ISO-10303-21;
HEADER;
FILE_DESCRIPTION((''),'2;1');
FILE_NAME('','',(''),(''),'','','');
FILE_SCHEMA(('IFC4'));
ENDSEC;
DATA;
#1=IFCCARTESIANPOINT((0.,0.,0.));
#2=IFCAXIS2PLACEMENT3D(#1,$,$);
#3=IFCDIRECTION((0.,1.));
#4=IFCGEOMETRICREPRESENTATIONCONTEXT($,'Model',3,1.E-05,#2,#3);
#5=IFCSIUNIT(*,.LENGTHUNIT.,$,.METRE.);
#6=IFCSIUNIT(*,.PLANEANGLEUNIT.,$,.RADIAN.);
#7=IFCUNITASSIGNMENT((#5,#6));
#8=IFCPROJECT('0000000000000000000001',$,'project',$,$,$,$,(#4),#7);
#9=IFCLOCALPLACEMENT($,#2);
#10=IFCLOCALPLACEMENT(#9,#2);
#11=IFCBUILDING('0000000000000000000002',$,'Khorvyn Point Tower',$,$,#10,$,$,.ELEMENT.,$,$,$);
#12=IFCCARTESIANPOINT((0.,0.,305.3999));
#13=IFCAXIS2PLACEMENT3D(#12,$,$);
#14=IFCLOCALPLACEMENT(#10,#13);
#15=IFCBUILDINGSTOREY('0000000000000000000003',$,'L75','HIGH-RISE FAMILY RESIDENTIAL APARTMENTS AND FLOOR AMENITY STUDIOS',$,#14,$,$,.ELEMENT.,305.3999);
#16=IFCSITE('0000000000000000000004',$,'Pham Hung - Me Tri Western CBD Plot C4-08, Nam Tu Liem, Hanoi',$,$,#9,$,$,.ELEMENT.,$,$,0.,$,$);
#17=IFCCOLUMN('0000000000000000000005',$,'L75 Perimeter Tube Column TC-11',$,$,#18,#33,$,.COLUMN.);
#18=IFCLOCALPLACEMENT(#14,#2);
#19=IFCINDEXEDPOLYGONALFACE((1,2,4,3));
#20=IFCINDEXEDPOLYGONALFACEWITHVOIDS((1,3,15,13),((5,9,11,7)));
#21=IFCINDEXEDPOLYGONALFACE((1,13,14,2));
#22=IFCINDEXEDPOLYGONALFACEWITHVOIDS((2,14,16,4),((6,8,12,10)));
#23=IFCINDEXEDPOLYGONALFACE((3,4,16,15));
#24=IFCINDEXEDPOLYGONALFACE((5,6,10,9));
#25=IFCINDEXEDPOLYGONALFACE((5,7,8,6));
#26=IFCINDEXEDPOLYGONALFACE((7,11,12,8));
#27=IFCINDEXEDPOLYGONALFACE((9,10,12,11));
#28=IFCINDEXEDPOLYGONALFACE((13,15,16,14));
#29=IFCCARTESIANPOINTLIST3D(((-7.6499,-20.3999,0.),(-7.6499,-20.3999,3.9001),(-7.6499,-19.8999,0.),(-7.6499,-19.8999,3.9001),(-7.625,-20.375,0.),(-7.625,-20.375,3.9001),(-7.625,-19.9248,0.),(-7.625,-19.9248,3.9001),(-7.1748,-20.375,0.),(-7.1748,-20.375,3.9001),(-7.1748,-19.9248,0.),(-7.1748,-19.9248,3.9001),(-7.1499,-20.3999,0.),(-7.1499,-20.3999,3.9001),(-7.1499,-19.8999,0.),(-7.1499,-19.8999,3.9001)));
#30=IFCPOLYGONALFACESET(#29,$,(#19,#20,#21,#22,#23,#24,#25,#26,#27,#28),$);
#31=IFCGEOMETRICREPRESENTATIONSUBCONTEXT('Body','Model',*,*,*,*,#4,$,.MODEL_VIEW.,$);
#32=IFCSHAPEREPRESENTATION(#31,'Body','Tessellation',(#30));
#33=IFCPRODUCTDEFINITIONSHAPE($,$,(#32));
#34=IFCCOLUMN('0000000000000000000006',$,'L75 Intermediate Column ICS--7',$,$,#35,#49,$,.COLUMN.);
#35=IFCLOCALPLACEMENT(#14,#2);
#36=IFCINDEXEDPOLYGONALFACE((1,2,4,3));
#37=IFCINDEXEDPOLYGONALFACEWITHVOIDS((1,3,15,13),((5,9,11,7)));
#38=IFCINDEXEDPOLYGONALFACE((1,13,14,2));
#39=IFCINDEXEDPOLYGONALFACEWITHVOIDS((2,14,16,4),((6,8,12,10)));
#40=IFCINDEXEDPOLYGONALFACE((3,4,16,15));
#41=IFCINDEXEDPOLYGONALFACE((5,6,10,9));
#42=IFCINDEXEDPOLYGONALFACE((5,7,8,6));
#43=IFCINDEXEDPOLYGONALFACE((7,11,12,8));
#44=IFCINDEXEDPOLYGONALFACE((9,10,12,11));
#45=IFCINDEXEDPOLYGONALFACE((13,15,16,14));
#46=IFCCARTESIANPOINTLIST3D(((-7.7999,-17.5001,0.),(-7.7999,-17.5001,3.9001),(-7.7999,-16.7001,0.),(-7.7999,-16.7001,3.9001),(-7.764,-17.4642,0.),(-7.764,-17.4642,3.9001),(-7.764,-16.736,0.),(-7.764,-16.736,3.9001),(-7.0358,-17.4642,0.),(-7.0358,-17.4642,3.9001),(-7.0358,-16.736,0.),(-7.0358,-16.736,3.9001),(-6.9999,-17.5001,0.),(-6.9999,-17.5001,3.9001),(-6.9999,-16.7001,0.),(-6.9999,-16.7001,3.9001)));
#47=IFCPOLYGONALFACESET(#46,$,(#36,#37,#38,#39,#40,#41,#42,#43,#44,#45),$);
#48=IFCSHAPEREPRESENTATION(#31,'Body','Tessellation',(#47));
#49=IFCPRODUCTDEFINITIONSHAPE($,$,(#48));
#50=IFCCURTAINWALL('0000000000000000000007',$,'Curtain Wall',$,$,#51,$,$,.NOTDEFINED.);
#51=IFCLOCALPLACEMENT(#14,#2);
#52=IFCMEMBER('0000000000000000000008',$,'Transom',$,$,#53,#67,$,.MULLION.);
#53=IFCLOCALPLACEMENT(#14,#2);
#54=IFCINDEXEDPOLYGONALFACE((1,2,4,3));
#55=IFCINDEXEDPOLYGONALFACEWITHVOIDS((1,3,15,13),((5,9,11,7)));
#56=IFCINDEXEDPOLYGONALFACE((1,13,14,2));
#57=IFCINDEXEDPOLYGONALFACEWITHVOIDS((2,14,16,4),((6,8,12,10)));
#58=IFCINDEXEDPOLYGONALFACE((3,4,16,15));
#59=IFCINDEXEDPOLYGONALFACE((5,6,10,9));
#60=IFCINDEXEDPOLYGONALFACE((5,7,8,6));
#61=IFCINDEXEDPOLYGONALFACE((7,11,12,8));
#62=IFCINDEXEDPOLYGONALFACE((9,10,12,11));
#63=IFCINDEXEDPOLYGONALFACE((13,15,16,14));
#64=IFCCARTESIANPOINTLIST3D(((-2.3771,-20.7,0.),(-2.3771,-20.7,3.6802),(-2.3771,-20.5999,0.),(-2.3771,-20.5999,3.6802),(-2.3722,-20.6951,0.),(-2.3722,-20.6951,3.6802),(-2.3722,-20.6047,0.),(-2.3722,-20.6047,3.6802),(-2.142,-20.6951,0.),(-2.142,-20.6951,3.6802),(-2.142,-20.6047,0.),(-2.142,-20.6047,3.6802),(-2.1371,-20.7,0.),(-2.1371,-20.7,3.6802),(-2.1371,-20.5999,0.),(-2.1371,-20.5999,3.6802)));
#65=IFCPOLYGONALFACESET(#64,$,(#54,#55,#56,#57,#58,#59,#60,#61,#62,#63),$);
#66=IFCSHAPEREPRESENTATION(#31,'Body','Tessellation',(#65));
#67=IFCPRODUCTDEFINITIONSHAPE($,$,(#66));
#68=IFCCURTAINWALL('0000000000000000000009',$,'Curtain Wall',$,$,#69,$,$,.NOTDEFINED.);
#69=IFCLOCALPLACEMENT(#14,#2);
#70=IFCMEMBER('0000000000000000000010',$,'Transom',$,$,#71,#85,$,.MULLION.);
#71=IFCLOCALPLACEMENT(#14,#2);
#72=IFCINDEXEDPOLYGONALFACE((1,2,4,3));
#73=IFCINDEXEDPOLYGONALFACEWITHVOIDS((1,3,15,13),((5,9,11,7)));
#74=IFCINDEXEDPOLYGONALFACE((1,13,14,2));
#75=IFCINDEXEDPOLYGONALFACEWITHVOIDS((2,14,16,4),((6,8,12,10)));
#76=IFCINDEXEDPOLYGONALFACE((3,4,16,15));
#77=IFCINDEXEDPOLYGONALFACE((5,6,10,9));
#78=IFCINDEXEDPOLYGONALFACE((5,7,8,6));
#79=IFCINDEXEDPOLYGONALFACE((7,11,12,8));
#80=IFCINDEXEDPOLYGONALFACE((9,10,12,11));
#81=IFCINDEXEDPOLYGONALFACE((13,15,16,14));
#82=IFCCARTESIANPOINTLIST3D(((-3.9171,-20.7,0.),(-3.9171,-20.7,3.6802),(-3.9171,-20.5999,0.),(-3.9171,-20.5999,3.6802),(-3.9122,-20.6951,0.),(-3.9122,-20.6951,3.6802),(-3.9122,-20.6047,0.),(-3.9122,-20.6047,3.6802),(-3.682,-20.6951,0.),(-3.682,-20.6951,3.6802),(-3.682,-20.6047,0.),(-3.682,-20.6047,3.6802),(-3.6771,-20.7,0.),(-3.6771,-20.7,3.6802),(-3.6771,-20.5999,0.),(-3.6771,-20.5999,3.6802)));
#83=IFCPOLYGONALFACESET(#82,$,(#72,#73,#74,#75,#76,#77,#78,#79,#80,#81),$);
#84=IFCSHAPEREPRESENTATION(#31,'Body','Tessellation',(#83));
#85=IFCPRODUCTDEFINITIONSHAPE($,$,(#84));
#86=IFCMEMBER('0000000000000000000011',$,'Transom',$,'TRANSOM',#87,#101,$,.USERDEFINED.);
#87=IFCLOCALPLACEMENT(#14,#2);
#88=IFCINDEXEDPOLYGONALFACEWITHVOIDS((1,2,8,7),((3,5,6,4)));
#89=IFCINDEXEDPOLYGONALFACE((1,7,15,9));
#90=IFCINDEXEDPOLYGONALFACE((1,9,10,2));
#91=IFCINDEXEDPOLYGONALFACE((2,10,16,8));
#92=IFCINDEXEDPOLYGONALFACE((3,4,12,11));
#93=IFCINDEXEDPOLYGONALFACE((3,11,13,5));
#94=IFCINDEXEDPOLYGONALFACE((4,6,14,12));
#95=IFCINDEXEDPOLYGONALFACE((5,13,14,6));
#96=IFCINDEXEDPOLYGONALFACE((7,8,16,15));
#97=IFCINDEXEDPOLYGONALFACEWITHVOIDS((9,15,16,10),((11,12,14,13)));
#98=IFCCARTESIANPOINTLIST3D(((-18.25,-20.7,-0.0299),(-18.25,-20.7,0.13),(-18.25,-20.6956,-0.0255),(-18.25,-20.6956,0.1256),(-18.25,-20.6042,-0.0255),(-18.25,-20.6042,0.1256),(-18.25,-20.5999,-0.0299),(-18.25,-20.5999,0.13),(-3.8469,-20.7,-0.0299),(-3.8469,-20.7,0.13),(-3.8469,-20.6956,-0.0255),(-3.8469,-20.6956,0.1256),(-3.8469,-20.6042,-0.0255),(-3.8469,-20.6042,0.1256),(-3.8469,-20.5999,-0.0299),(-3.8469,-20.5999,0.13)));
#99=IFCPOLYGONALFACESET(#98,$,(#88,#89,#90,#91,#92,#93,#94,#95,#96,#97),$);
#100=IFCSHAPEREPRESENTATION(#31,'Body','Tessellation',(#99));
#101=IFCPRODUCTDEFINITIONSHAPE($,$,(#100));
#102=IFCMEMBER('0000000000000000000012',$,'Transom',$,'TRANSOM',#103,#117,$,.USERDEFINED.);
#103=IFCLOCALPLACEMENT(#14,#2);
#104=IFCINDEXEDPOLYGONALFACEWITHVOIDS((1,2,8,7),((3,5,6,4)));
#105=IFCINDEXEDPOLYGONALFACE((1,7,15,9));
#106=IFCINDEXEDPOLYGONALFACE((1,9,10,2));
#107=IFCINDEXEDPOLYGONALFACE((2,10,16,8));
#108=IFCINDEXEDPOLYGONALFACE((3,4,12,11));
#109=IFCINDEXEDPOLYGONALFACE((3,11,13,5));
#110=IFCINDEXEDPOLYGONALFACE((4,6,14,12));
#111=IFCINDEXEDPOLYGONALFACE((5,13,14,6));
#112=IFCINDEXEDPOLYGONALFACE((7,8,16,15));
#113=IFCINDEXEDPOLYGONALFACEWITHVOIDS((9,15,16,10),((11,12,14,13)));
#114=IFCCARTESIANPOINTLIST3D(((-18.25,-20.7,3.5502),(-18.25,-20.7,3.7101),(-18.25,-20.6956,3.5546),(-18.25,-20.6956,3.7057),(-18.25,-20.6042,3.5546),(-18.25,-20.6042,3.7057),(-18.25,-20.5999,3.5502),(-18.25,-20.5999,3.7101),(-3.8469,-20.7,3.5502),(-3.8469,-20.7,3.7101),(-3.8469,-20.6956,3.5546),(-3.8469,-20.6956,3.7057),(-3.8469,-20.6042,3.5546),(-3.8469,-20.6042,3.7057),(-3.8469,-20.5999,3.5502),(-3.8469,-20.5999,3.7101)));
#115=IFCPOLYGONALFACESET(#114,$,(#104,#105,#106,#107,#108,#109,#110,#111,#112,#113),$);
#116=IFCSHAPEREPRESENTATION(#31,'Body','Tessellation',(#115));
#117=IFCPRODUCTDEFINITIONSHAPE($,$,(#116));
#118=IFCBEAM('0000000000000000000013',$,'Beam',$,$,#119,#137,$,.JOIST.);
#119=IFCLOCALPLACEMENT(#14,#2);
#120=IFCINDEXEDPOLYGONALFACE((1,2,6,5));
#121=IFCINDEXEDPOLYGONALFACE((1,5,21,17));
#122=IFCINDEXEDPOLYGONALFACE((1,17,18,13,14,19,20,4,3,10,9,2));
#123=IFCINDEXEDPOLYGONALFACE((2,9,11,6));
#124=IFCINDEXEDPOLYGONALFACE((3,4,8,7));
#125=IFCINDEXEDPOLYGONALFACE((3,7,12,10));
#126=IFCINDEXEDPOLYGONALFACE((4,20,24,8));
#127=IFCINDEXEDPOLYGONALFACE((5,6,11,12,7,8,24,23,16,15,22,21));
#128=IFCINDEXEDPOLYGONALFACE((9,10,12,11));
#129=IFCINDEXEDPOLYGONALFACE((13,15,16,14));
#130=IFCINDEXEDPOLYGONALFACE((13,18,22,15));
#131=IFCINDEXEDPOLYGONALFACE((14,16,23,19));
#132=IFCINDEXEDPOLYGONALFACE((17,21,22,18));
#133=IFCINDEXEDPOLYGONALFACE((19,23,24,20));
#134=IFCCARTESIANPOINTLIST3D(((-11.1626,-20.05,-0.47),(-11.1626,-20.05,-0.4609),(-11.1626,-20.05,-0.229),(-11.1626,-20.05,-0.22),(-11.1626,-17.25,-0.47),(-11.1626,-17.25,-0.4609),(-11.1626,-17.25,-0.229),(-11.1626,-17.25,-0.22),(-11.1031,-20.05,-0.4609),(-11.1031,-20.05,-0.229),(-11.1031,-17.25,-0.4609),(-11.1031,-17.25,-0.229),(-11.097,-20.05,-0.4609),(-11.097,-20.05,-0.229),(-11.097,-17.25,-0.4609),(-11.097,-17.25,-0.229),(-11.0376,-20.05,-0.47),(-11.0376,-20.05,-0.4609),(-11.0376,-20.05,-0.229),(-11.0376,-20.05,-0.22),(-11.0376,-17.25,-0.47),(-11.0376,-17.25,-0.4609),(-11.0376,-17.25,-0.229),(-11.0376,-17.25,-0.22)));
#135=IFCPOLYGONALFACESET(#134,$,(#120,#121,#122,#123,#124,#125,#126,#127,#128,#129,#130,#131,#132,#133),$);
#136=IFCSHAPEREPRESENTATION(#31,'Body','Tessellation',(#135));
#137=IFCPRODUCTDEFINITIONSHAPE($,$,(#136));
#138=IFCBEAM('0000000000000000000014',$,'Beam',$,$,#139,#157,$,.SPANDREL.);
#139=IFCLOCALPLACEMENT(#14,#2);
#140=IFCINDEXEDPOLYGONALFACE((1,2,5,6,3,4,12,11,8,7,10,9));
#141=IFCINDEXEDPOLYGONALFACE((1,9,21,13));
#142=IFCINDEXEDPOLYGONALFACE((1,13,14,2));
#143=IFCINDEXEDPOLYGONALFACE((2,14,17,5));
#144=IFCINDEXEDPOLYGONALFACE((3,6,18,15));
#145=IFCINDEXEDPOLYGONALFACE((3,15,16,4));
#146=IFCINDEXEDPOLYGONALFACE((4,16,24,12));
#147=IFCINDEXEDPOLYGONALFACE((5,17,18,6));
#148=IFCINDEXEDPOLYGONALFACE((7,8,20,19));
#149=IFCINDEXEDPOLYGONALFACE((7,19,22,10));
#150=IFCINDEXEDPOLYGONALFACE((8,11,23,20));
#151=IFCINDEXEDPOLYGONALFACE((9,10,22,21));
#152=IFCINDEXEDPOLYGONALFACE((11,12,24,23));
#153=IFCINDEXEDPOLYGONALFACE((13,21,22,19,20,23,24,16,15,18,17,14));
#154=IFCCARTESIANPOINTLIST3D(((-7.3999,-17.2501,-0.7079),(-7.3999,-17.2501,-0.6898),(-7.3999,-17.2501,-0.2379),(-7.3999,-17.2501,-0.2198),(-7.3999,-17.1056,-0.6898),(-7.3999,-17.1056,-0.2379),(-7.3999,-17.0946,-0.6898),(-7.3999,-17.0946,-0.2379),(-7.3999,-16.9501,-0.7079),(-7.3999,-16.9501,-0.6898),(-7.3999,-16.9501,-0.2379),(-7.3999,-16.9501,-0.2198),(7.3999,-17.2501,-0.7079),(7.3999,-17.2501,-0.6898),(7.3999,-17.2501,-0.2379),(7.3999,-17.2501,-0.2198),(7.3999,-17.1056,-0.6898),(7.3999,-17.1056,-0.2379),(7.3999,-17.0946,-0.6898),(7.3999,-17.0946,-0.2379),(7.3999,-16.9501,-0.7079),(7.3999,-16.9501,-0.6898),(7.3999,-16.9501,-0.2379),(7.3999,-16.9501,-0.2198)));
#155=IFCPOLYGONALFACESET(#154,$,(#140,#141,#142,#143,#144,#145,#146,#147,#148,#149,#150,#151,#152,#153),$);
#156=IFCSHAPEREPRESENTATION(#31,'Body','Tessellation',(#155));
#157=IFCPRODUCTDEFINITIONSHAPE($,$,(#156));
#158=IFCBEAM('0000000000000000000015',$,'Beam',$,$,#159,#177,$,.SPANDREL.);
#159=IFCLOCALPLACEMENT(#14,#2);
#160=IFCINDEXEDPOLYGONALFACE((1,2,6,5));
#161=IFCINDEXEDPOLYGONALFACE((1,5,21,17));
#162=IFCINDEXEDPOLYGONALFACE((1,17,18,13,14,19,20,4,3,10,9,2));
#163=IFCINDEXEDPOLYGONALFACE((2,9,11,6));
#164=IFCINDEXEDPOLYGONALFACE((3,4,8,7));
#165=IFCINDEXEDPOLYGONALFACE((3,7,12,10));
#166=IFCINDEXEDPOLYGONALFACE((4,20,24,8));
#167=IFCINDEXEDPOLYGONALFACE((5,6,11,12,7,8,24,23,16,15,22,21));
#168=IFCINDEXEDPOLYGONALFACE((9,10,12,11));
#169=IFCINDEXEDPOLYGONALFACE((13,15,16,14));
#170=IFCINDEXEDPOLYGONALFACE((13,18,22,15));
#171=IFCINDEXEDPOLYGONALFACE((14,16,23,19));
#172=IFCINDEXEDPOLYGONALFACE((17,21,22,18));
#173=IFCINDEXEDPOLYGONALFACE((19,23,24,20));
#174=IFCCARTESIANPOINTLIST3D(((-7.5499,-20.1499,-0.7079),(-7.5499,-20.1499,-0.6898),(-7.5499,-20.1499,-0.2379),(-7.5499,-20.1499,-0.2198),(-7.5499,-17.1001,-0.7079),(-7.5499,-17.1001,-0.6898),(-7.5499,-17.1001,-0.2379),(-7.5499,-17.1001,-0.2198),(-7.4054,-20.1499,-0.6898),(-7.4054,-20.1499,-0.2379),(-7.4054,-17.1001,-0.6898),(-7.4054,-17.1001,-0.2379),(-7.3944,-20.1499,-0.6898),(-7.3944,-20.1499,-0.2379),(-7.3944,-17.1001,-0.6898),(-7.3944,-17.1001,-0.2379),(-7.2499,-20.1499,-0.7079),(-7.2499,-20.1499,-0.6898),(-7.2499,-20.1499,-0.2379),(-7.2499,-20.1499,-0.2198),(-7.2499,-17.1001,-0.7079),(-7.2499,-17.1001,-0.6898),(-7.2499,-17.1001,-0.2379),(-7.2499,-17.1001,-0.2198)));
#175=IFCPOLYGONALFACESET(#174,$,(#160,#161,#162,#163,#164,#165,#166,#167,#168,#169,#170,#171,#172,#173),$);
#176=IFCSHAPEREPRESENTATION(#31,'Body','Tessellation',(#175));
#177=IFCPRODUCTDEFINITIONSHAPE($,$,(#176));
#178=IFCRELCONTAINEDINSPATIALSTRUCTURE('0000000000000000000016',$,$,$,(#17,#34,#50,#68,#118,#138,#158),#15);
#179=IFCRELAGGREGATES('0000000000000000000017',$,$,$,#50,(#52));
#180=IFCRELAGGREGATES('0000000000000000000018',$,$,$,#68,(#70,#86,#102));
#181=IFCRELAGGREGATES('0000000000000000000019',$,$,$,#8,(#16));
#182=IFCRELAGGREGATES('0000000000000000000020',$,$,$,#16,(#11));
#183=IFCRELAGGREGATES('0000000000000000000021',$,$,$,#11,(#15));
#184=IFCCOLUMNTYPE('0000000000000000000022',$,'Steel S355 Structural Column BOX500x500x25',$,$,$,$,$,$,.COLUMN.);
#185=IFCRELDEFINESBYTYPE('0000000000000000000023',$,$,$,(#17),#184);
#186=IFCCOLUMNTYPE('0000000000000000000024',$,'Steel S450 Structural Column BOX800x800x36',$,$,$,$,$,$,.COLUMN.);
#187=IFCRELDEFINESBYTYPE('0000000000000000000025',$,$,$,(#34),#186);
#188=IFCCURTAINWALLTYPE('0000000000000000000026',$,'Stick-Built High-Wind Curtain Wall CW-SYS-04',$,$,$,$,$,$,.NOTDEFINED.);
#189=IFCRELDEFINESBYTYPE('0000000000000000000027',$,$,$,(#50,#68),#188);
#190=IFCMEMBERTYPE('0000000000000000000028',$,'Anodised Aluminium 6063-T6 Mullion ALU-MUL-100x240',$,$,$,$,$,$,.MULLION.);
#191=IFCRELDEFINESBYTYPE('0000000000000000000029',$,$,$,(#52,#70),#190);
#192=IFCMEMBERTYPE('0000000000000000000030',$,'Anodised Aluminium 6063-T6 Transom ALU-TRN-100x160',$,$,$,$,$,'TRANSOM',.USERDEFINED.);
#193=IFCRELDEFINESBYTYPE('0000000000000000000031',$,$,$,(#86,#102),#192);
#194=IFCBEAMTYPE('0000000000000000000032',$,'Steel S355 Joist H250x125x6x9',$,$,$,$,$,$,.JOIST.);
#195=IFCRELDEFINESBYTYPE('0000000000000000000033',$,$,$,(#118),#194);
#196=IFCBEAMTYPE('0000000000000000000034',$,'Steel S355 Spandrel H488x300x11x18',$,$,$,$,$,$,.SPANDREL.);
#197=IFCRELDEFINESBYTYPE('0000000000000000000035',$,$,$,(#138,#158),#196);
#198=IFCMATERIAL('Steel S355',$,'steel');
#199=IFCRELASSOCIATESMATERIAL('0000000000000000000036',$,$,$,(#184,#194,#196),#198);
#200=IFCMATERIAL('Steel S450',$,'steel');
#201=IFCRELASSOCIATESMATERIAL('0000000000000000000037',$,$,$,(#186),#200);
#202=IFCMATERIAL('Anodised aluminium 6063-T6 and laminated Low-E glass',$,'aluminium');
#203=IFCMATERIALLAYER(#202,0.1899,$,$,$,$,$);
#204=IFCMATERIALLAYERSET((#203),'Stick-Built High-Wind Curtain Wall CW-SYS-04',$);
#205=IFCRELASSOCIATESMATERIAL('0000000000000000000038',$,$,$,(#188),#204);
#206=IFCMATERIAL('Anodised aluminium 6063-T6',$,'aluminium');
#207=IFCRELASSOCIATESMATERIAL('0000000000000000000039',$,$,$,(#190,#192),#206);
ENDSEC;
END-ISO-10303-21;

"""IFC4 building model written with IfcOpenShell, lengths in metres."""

from ifc_helpers import new_model, si_unit, direction, frame, origin, origin_2d, place, context, subcontext, project, spatial, hollow_rectangle, i_section, extrude, material, layer, layer_set, material_profile, profile_set, type_object, element, aggregate, save


model = new_model("IFC4")

# Units and contexts
model_context = context("Model", 3, precision=1e-05, world=origin(), true_north=direction((0.0, 1.0)))
body_context = subcontext(model_context, "Body", "Model", "MODEL_VIEW")
ifc_project = project(units=[si_unit("LENGTHUNIT", "METRE"), si_unit("PLANEANGLEUNIT", "RADIAN")], contexts=[model_context])

# Site, building, storey
site_placement = place(None, origin())
site = spatial("IfcSite", under=ifc_project, at=site_placement, Name="Pham Hung - Me Tri Western CBD Plot C4-08, Nam Tu Liem, Hanoi", CompositionType="ELEMENT", RefElevation=0.0)
building_placement = place(site_placement, origin())
building = spatial("IfcBuilding", under=site, at=building_placement, Name="Khorvyn Point Tower", CompositionType="ELEMENT")
storey_placement = place(building_placement, frame((0.0, 0.0, 305.3999)))
storey = spatial("IfcBuildingStorey", under=building, at=storey_placement, Name="L75", Description="HIGH-RISE FAMILY RESIDENTIAL APARTMENTS AND FLOOR AMENITY STUDIOS", CompositionType="ELEMENT", Elevation=305.3999)

# Columns
ifc_material_1 = material(Name="Steel S355", Category="steel")
ifc_material_profile_1 = material_profile(ifc_material_1, hollow_rectangle(XDim=0.5, YDim=0.5, WallThickness=0.0249, at=origin_2d()))
ifc_profile_set_1 = profile_set([ifc_material_profile_1], Name="Steel S355 BOX500x500x25")
column_type_1 = type_object("IfcColumnType", Name="Steel S355 Structural Column BOX500x500x25", PredefinedType="COLUMN", material=ifc_profile_set_1)
column_1_placement = place(storey_placement, frame((-7.3999, -20.1499, 0.0), z_axis=(0.0, 0.0, 1.0), x_axis=(1.0, 0.0, 0.0)))
element("IfcColumn", 1, at=column_1_placement, inside=storey, type_object=column_type_1, Name="L75 Perimeter Tube Column TC-11", PredefinedType="COLUMN", context=body_context, shape_type="SweptSolid", body=[
    extrude(hollow_rectangle(XDim=0.5, YDim=0.5, WallThickness=0.0249, at=origin_2d()), origin(), (0.0, 0.0, 1.0), 3.9001),
])
ifc_material_2 = material(Name="Steel S450", Category="steel")
ifc_material_profile_2 = material_profile(ifc_material_2, hollow_rectangle(XDim=0.8, YDim=0.8, WallThickness=0.0359, at=origin_2d()))
ifc_profile_set_2 = profile_set([ifc_material_profile_2], Name="Steel S450 BOX800x800x36")
column_type_2 = type_object("IfcColumnType", Name="Steel S450 Structural Column BOX800x800x36", PredefinedType="COLUMN", material=ifc_profile_set_2)
column_2_placement = place(storey_placement, frame((-7.3999, -17.1001, 0.0), z_axis=(0.0, 0.0, 1.0), x_axis=(1.0, 0.0, 0.0)))
element("IfcColumn", 2, at=column_2_placement, inside=storey, type_object=column_type_2, Name="L75 Intermediate Column ICS--7", PredefinedType="COLUMN", context=body_context, shape_type="SweptSolid", body=[
    extrude(hollow_rectangle(XDim=0.8, YDim=0.8, WallThickness=0.0359, at=origin_2d()), origin(), (0.0, 0.0, 1.0), 3.9001),
])

# Curtain wall, member
ifc_material_3 = material(Name="Anodised aluminium 6063-T6 and laminated Low-E glass", Category="aluminium")
ifc_layer_1 = layer(ifc_material_3, 0.1899)
ifc_layer_set_1 = layer_set([ifc_layer_1], Name="Stick-Built High-Wind Curtain Wall CW-SYS-04")
curtain_wall_type = type_object("IfcCurtainWallType", Name="Stick-Built High-Wind Curtain Wall CW-SYS-04", PredefinedType="NOTDEFINED", material=ifc_layer_set_1)
curtain_wall_1_placement = place(storey_placement, origin())
curtain_wall_1 = element("IfcCurtainWall", 3, at=curtain_wall_1_placement, inside=storey, type_object=curtain_wall_type, Name="Curtain Wall", PredefinedType="NOTDEFINED")
ifc_material_4 = material(Name="Anodised aluminium 6063-T6", Category="aluminium")
ifc_material_profile_3 = material_profile(ifc_material_4, hollow_rectangle(XDim=0.1001, YDim=0.24, WallThickness=0.0049, at=origin_2d()))
ifc_profile_set_3 = profile_set([ifc_material_profile_3], Name="Anodised aluminium 6063-T6 ALU-MUL-100x240")
member_type_1 = type_object("IfcMemberType", Name="Anodised Aluminium 6063-T6 Mullion ALU-MUL-100x240", PredefinedType="MULLION", material=ifc_profile_set_3)
member_1_placement = place(storey_placement, frame((-2.2571, -20.6499, 0.0), z_axis=(0.0, 0.0, 1.0), x_axis=(0.0, -1.0, 0.0)))
member_1 = element("IfcMember", 4, at=member_1_placement, type_object=member_type_1, Name="Transom", PredefinedType="MULLION", context=body_context, shape_type="SweptSolid", body=[
    extrude(hollow_rectangle(XDim=0.1001, YDim=0.24, WallThickness=0.0049, at=origin_2d()), origin(), (0.0, 0.0, 1.0), 3.6802),
])

# Curtain wall, members
curtain_wall_2_placement = place(storey_placement, origin())
curtain_wall_2 = element("IfcCurtainWall", 5, at=curtain_wall_2_placement, inside=storey, type_object=curtain_wall_type, Name="Curtain Wall", PredefinedType="NOTDEFINED")
member_2_placement = place(storey_placement, frame((-3.7971, -20.6499, 0.0), z_axis=(0.0, 0.0, 1.0), x_axis=(0.0, -1.0, 0.0)))
member_2 = element("IfcMember", 6, at=member_2_placement, type_object=member_type_1, Name="Transom", PredefinedType="MULLION", context=body_context, shape_type="SweptSolid", body=[
    extrude(hollow_rectangle(XDim=0.1001, YDim=0.24, WallThickness=0.0049, at=origin_2d()), origin(), (0.0, 0.0, 1.0), 3.6802),
])
ifc_material_profile_4 = material_profile(ifc_material_4, hollow_rectangle(XDim=0.1001, YDim=0.1599, WallThickness=0.0044, at=origin_2d()))
ifc_profile_set_4 = profile_set([ifc_material_profile_4], Name="Anodised aluminium 6063-T6 ALU-TRN-100x160")
member_type_2 = type_object("IfcMemberType", Name="Anodised Aluminium 6063-T6 Transom ALU-TRN-100x160", ElementType="TRANSOM", PredefinedType="USERDEFINED", material=ifc_profile_set_4)
member_3_placement = place(storey_placement, frame((-3.8469, -20.6499, 0.05), z_axis=(-1.0, 0.0, 0.0), x_axis=(0.0, -1.0, 0.0)))
member_3 = element("IfcMember", 7, at=member_3_placement, type_object=member_type_2, Name="Transom", ObjectType="TRANSOM", PredefinedType="USERDEFINED", context=body_context, shape_type="SweptSolid", body=[
    extrude(hollow_rectangle(XDim=0.1001, YDim=0.1599, WallThickness=0.0044, at=origin_2d()), origin(), (0.0, 0.0, 1.0), 14.4031),
])
member_4_placement = place(storey_placement, frame((-3.8469, -20.6499, 3.6301), z_axis=(-1.0, 0.0, 0.0), x_axis=(0.0, -1.0, 0.0)))
member_4 = element("IfcMember", 8, at=member_4_placement, type_object=member_type_2, Name="Transom", ObjectType="TRANSOM", PredefinedType="USERDEFINED", context=body_context, shape_type="SweptSolid", body=[
    extrude(hollow_rectangle(XDim=0.1001, YDim=0.1599, WallThickness=0.0044, at=origin_2d()), origin(), (0.0, 0.0, 1.0), 14.4031),
])

# Beams
ifc_material_profile_5 = material_profile(ifc_material_1, i_section(OverallWidth=0.125, OverallDepth=0.25, WebThickness=0.0061, FlangeThickness=0.009, at=origin_2d()))
ifc_profile_set_5 = profile_set([ifc_material_profile_5], Name="Steel S355 H250x125x6x9")
beam_type_1 = type_object("IfcBeamType", Name="Steel S355 Joist H250x125x6x9", PredefinedType="JOIST", material=ifc_profile_set_5)
beam_1_placement = place(storey_placement, frame((-11.1001, -20.05, -0.345), z_axis=(0.0, 1.0, 0.0), x_axis=(-1.0, 0.0, 0.0)))
element("IfcBeam", 9, at=beam_1_placement, inside=storey, type_object=beam_type_1, Name="Beam", PredefinedType="JOIST", context=body_context, shape_type="SweptSolid", body=[
    extrude(i_section(OverallWidth=0.125, OverallDepth=0.25, WebThickness=0.0061, FlangeThickness=0.009, at=origin_2d()), origin(), (0.0, 0.0, 1.0), 2.8),
])
ifc_material_profile_6 = material_profile(ifc_material_1, i_section(OverallWidth=0.3, OverallDepth=0.488, WebThickness=0.011, FlangeThickness=0.0181, at=origin_2d()))
ifc_profile_set_6 = profile_set([ifc_material_profile_6], Name="Steel S355 H488x300x11x18")
beam_type_2 = type_object("IfcBeamType", Name="Steel S355 Spandrel H488x300x11x18", PredefinedType="SPANDREL", material=ifc_profile_set_6)
beam_2_placement = place(storey_placement, frame((-7.3999, -17.1001, -0.4639), z_axis=(1.0, 0.0, 0.0), x_axis=(0.0, 1.0, 0.0)))
element("IfcBeam", 10, at=beam_2_placement, inside=storey, type_object=beam_type_2, Name="Beam", PredefinedType="SPANDREL", context=body_context, shape_type="SweptSolid", body=[
    extrude(i_section(OverallWidth=0.3, OverallDepth=0.488, WebThickness=0.011, FlangeThickness=0.0181, at=origin_2d()), origin(), (0.0, 0.0, 1.0), 14.7998),
])
beam_3_placement = place(storey_placement, frame((-7.3999, -20.1499, -0.4639), z_axis=(0.0, 1.0, 0.0), x_axis=(-1.0, 0.0, 0.0)))
element("IfcBeam", 11, at=beam_3_placement, inside=storey, type_object=beam_type_2, Name="Beam", PredefinedType="SPANDREL", context=body_context, shape_type="SweptSolid", body=[
    extrude(i_section(OverallWidth=0.3, OverallDepth=0.488, WebThickness=0.011, FlangeThickness=0.0181, at=origin_2d()), origin(), (0.0, 0.0, 1.0), 3.0498),
])

aggregate(curtain_wall_1, [member_1])
aggregate(curtain_wall_2, [member_2, member_3, member_4])

save(model, "model.ifc")
